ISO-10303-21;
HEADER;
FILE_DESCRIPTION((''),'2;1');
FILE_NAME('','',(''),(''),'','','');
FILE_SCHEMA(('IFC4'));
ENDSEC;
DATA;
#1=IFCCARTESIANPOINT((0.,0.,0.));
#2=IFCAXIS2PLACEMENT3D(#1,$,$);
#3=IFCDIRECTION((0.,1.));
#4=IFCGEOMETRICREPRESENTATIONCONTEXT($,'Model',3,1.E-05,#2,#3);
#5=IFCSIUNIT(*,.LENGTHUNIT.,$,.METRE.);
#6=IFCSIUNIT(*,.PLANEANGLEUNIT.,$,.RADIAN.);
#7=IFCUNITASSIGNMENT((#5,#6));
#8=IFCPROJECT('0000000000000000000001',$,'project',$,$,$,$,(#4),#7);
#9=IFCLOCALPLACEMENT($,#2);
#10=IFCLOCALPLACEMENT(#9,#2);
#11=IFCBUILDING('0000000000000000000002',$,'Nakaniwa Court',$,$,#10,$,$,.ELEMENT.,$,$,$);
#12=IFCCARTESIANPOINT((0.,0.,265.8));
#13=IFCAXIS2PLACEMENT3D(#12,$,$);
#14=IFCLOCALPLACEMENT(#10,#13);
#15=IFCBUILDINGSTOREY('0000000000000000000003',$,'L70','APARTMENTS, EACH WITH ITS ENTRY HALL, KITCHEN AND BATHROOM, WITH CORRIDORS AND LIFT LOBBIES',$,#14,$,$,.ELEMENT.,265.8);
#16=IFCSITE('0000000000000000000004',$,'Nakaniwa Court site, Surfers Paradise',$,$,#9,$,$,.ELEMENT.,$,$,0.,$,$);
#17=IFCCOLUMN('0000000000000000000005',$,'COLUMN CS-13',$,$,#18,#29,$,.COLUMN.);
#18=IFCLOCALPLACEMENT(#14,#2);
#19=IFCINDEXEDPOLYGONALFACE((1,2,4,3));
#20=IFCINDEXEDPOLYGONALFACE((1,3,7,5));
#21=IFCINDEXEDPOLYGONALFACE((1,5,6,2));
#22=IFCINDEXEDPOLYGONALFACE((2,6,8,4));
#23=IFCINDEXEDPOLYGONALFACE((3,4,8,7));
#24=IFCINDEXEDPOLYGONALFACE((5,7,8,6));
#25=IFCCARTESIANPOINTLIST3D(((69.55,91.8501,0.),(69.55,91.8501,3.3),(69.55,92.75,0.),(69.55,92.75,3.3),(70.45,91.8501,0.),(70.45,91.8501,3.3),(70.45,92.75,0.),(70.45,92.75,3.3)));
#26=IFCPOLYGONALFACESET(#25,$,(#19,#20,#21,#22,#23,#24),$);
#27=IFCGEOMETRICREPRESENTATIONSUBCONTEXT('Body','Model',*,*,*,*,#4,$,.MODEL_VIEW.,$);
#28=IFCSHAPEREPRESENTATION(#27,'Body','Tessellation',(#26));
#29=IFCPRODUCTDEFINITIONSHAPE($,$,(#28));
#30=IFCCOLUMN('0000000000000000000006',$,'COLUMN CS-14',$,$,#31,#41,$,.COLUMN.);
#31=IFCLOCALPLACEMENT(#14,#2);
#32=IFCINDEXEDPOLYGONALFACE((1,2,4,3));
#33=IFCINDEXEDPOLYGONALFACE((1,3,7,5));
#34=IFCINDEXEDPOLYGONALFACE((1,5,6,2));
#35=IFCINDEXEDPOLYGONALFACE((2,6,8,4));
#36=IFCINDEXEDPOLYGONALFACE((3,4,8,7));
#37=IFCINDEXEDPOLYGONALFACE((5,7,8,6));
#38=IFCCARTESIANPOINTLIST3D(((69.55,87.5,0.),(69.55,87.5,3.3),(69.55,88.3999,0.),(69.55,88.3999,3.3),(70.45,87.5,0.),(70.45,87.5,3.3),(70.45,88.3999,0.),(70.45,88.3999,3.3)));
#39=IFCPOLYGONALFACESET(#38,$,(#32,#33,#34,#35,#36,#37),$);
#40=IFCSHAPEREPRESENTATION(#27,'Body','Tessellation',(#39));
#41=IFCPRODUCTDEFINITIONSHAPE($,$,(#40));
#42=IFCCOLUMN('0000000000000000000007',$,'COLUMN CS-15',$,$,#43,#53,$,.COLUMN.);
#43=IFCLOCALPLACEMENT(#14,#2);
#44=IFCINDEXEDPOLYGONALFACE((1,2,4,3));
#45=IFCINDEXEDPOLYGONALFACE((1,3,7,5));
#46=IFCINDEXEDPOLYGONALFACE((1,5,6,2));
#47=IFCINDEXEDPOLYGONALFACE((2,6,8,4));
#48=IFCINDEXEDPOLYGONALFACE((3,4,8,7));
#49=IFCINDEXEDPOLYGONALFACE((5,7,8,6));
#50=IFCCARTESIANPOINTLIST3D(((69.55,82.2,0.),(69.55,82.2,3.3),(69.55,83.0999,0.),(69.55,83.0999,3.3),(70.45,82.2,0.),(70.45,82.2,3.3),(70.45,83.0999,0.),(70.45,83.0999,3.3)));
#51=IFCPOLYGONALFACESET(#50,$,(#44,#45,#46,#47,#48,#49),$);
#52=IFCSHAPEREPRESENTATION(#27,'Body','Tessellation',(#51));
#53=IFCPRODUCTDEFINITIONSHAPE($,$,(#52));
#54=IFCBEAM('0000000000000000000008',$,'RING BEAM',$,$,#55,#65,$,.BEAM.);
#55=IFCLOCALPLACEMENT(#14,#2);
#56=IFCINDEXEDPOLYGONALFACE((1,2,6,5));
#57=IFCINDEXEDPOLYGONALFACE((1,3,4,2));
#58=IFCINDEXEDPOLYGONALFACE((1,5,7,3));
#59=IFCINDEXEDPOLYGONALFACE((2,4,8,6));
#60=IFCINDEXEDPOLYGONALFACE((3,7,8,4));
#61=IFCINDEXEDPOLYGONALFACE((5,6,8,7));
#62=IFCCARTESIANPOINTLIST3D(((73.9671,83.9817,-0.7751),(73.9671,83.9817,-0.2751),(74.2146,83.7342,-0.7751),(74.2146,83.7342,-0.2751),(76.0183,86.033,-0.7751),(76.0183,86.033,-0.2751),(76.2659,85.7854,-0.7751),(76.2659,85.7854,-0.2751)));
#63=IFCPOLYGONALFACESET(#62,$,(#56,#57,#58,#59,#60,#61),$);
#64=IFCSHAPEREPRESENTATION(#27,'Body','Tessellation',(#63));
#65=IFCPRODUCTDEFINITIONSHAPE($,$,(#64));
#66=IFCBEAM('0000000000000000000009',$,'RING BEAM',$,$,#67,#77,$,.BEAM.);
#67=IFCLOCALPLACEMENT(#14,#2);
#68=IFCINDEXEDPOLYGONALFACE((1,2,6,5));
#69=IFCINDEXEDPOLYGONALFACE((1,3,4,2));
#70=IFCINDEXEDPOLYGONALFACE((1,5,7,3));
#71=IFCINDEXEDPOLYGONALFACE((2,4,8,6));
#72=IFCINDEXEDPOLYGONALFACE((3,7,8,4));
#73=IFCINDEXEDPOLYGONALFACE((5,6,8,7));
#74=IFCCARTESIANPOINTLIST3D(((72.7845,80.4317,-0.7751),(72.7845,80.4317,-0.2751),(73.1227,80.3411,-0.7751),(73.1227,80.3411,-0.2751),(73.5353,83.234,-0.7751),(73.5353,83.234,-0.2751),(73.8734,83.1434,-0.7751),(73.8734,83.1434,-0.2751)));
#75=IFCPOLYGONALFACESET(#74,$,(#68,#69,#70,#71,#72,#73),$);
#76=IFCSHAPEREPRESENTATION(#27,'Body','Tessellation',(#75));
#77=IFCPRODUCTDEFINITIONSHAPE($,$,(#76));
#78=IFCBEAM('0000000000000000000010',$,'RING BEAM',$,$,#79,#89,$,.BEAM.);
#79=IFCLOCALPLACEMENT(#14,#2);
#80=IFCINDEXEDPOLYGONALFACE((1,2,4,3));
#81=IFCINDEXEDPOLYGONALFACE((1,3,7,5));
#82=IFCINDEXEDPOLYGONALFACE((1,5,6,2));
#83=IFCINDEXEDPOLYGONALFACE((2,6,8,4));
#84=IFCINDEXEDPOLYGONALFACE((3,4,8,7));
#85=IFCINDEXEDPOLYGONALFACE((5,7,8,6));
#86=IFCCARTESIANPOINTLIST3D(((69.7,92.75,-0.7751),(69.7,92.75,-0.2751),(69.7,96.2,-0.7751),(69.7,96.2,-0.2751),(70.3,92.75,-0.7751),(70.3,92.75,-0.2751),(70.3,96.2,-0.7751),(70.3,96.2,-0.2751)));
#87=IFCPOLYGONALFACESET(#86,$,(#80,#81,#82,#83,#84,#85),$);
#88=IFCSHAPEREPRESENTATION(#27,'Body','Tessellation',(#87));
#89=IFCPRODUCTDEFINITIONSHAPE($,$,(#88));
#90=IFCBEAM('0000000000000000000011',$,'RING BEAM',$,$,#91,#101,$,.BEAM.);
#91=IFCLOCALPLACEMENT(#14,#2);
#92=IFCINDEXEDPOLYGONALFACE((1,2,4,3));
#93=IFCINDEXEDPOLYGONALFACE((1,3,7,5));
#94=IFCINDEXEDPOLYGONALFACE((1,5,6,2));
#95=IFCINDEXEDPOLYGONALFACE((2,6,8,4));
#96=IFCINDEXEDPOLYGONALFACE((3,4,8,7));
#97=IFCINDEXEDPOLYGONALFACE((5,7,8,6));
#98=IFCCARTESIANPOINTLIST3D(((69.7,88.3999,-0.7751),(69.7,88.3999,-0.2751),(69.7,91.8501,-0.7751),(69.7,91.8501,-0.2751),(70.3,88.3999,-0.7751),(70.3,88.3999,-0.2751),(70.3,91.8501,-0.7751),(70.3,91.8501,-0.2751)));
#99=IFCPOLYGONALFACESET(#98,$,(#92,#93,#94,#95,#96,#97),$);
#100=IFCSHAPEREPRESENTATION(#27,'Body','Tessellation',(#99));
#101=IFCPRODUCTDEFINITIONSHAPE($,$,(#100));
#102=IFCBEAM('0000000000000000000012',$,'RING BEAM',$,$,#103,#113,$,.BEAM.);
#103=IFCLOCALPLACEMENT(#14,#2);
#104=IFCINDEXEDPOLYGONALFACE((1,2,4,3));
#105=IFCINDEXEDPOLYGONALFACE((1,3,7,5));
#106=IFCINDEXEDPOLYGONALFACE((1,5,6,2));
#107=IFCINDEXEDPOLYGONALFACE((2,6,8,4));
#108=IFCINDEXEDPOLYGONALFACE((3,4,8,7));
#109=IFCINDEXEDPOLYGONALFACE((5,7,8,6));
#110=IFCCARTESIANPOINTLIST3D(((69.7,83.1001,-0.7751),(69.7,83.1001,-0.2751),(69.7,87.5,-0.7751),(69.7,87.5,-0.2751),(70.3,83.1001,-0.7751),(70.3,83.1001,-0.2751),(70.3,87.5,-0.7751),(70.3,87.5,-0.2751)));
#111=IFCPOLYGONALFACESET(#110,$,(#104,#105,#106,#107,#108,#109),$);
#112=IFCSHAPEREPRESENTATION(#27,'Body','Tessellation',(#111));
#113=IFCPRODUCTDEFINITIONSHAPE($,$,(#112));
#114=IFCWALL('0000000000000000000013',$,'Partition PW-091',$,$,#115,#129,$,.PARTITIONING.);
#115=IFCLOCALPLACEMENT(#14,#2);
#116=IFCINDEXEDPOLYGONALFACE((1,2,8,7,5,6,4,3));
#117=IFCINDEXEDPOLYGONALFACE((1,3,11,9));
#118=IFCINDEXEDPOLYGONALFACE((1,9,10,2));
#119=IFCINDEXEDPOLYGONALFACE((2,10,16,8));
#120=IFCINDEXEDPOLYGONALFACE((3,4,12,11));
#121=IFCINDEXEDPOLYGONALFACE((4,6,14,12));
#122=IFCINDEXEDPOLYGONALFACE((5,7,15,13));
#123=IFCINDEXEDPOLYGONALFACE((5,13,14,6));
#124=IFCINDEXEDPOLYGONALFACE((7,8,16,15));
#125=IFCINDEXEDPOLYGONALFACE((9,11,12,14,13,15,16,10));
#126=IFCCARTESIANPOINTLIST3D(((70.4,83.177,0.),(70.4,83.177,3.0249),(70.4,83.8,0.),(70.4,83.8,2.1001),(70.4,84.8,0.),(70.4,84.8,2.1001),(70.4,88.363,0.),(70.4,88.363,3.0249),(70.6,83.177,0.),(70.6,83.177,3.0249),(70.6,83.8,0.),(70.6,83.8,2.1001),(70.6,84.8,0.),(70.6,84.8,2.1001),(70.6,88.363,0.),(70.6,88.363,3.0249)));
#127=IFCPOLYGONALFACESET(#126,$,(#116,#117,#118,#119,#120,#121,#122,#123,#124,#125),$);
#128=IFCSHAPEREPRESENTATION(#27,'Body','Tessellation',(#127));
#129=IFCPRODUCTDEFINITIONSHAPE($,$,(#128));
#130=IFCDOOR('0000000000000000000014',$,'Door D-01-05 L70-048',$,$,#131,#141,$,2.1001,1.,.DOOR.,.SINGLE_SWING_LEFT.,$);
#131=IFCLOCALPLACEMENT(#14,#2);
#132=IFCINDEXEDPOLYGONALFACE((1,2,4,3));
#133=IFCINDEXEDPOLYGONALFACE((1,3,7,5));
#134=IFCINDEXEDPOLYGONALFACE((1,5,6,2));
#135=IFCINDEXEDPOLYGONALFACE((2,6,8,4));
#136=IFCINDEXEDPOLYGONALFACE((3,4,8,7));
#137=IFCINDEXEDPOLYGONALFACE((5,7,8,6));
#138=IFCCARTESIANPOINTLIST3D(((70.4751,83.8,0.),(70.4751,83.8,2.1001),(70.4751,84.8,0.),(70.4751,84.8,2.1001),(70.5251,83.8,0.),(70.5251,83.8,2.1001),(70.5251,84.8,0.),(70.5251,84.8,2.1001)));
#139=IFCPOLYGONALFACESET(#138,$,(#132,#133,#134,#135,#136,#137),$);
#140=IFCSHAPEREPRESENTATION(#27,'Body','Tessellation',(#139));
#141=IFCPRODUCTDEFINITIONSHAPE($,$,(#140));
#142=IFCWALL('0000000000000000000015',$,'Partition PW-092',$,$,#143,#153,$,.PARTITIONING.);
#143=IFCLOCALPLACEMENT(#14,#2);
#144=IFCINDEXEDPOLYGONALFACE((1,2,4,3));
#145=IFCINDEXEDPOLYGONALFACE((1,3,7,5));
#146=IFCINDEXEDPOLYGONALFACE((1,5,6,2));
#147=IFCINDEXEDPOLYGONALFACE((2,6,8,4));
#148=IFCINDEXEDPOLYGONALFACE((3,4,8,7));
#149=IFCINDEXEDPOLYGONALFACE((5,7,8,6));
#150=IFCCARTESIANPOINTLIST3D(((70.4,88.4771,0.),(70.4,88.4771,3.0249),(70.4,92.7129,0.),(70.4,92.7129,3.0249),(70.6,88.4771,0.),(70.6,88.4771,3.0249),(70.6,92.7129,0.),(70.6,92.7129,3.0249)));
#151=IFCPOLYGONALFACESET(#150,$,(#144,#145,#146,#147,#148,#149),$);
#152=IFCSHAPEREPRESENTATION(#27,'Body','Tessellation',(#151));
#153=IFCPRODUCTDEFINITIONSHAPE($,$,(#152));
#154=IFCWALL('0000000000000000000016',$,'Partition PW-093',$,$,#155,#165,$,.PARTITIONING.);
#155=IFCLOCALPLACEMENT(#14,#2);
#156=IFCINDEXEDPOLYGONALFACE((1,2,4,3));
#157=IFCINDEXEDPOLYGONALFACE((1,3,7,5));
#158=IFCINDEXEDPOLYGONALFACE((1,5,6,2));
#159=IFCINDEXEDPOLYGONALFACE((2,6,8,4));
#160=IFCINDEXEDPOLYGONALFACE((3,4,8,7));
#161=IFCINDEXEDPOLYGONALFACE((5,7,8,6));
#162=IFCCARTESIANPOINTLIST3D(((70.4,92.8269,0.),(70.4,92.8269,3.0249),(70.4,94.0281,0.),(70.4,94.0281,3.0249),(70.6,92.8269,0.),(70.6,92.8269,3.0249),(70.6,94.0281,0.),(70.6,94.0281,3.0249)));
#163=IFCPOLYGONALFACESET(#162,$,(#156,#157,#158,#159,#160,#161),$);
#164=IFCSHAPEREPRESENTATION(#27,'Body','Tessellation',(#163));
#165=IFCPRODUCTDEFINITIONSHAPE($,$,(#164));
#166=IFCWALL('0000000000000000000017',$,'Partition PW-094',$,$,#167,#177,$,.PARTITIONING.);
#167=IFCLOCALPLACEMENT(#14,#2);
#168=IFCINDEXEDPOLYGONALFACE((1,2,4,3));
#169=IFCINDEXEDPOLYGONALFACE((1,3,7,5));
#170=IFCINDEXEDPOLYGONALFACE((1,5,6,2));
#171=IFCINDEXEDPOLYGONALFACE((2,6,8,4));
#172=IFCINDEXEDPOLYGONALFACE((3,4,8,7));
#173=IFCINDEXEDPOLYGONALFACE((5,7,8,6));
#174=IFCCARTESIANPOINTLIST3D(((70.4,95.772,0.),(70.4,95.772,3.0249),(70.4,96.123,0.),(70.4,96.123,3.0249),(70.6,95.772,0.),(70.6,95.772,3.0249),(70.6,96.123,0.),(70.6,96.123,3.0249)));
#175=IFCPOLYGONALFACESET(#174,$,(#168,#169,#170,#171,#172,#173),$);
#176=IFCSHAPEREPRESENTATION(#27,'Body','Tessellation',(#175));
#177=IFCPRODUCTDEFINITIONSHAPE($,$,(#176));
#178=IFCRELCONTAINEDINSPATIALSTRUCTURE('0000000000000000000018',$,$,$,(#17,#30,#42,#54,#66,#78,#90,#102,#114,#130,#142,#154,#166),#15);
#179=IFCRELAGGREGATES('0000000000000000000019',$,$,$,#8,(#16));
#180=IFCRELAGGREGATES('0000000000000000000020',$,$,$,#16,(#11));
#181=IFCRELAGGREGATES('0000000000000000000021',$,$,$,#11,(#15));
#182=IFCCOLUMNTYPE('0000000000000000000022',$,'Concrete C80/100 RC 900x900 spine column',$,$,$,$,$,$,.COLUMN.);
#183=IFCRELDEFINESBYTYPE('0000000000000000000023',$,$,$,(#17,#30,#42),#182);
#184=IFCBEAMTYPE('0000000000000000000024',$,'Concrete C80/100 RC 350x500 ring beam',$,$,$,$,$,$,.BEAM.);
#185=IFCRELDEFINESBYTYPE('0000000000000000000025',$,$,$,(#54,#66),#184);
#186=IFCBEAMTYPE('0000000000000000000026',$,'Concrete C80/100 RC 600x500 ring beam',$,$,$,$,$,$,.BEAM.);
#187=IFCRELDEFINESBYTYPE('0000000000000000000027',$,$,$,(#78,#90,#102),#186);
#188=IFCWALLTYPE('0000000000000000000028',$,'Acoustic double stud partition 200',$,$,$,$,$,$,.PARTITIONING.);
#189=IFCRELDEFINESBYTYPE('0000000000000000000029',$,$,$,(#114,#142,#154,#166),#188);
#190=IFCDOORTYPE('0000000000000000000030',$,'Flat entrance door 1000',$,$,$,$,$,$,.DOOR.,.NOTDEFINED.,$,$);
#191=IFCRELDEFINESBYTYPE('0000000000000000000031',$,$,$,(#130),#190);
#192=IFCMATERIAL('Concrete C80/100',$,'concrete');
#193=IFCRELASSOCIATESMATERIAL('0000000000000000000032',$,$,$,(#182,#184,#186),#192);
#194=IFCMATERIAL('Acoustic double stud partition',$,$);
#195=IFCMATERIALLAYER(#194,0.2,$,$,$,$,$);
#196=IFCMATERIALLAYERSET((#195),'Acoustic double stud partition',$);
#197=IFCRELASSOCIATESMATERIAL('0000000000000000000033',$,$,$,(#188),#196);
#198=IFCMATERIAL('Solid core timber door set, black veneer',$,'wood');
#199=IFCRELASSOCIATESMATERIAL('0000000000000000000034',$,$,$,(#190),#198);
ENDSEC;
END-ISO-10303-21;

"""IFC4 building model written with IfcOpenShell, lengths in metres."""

from ifc_helpers import new_model, si_unit, direction, frame, frame_2d, origin, origin_2d, place, context, subcontext, project, spatial, rectangle, extrude, material, layer, layer_set, material_profile, profile_set, type_object, element, fill, save


model = new_model("IFC4")

# Units and contexts
model_context = context("Model", 3, precision=1e-05, world=origin(), true_north=direction((0.0, 1.0)))
body_context = subcontext(model_context, "Body", "Model", "MODEL_VIEW")
ifc_project = project(units=[si_unit("LENGTHUNIT", "METRE"), si_unit("PLANEANGLEUNIT", "RADIAN")], contexts=[model_context])

# Site, building, storey
site_placement = place(None, origin())
site = spatial("IfcSite", under=ifc_project, at=site_placement, Name="Nakaniwa Court site, Surfers Paradise", CompositionType="ELEMENT", RefElevation=0.0)
building_placement = place(site_placement, origin())
building = spatial("IfcBuilding", under=site, at=building_placement, Name="Nakaniwa Court", CompositionType="ELEMENT")
storey_placement = place(building_placement, frame((0.0, 0.0, 265.8)))
storey = spatial("IfcBuildingStorey", under=building, at=storey_placement, Name="L70", Description="APARTMENTS, EACH WITH ITS ENTRY HALL, KITCHEN AND BATHROOM, WITH CORRIDORS AND LIFT LOBBIES", CompositionType="ELEMENT", Elevation=265.8)

# Columns
ifc_material_1 = material(Name="Concrete C80/100", Category="concrete")
ifc_material_profile_1 = material_profile(ifc_material_1, rectangle(XDim=0.8999, YDim=0.8999, at=origin_2d()), Name="Concrete C80/100 RC 900x900 spine column")
ifc_profile_set_1 = profile_set([ifc_material_profile_1], Name="Concrete C80/100")
column_type_1 = type_object("IfcColumnType", Name="Concrete C80/100 RC 900x900 spine column", PredefinedType="COLUMN", material=ifc_profile_set_1)
for number, where, z_axis, x_axis, name in (
    (1, (70.0, 92.3, 0.0), (0.0, 0.0, 1.0), (0.0, -1.0, 0.0), "COLUMN CS-13"),
    (2, (70.0, 87.95, 0.0), (0.0, 0.0, 1.0), (0.0, -1.0, 0.0), "COLUMN CS-14"),
    (3, (70.0, 82.6499, 0.0), (0.0, 0.0, 1.0), (0.0, -1.0, 0.0), "COLUMN CS-15"),
):
    element("IfcColumn", number, at=place(storey_placement, frame(where, z_axis=z_axis, x_axis=x_axis)), inside=storey, type_object=column_type_1, Name=name, PredefinedType="COLUMN", context=body_context, shape_type="SweptSolid", body=[
        extrude(rectangle(XDim=0.8999, YDim=0.8999, at=origin_2d()), origin(), (0.0, 0.0, 1.0), 3.3),
    ])

# Beams
ifc_material_profile_2 = material_profile(ifc_material_1, rectangle(XDim=0.3501, YDim=0.5, at=origin_2d()), Name="Concrete C80/100 RC 350x500 ring beam")
ifc_profile_set_2 = profile_set([ifc_material_profile_2], Name="Concrete C80/100")
beam_type_1 = type_object("IfcBeamType", Name="Concrete C80/100 RC 350x500 ring beam", PredefinedType="BEAM", material=ifc_profile_set_2)
beam_1_placement = place(storey_placement, frame((76.1421, 85.9092, -0.5251), z_axis=(-0.707107, -0.707107, 0.0), x_axis=(0.707107, -0.707107, 0.0)))
element("IfcBeam", 4, at=beam_1_placement, inside=storey, type_object=beam_type_1, Name="RING BEAM", PredefinedType="BEAM", context=body_context, shape_type="SweptSolid", body=[
    extrude(rectangle(XDim=0.3501, YDim=0.5, at=origin_2d()), origin(), (0.0, 0.0, 1.0), 2.9009),
])
beam_2_placement = place(storey_placement, frame((73.7043, 83.1887, -0.5251), z_axis=(-0.258778, -0.965937, 0.0), x_axis=(0.965937, -0.258778, 0.0)))
element("IfcBeam", 5, at=beam_2_placement, inside=storey, type_object=beam_type_1, Name="RING BEAM", PredefinedType="BEAM", context=body_context, shape_type="SweptSolid", body=[
    extrude(rectangle(XDim=0.3501, YDim=0.5, at=origin_2d()), origin(), (0.0, 0.0, 1.0), 2.9011),
])
ifc_material_profile_3 = material_profile(ifc_material_1, rectangle(XDim=0.6001, YDim=0.5, at=origin_2d()), Name="Concrete C80/100 RC 600x500 ring beam")
ifc_profile_set_3 = profile_set([ifc_material_profile_3], Name="Concrete C80/100")
beam_type_2 = type_object("IfcBeamType", Name="Concrete C80/100 RC 600x500 ring beam", PredefinedType="BEAM", material=ifc_profile_set_3)
beam_3_placement = place(storey_placement, frame((70.0, 96.2, -0.5251), z_axis=(0.0, -1.0, 0.0), x_axis=(1.0, 0.0, 0.0)))
element("IfcBeam", 6, at=beam_3_placement, inside=storey, type_object=beam_type_2, Name="RING BEAM", PredefinedType="BEAM", context=body_context, shape_type="SweptSolid", body=[
    extrude(rectangle(XDim=0.6001, YDim=0.5, at=origin_2d()), origin(), (0.0, 0.0, 1.0), 3.45),
])
beam_4_placement = place(storey_placement, frame((70.0, 91.8501, -0.5251), z_axis=(0.0, -1.0, 0.0), x_axis=(1.0, 0.0, 0.0)))
element("IfcBeam", 7, at=beam_4_placement, inside=storey, type_object=beam_type_2, Name="RING BEAM", PredefinedType="BEAM", context=body_context, shape_type="SweptSolid", body=[
    extrude(rectangle(XDim=0.6001, YDim=0.5, at=origin_2d()), origin(), (0.0, 0.0, 1.0), 3.4502),
])
beam_5_placement = place(storey_placement, frame((70.0, 87.5, -0.5251), z_axis=(0.0, -1.0, 0.0), x_axis=(1.0, 0.0, 0.0)))
element("IfcBeam", 8, at=beam_5_placement, inside=storey, type_object=beam_type_2, Name="RING BEAM", PredefinedType="BEAM", context=body_context, shape_type="SweptSolid", body=[
    extrude(rectangle(XDim=0.6001, YDim=0.5, at=origin_2d()), origin(), (0.0, 0.0, 1.0), 4.3999),
])

# Wall, opening, door
ifc_material_2 = material(Name="Acoustic double stud partition")
ifc_layer_1 = layer(ifc_material_2, 0.2)
ifc_layer_set_1 = layer_set([ifc_layer_1], Name="Acoustic double stud partition")
wall_type_1 = type_object("IfcWallType", Name="Acoustic double stud partition 200", PredefinedType="PARTITIONING", material=ifc_layer_set_1)
wall_1_placement = place(storey_placement, frame((70.5, 83.177, 0.0), z_axis=(0.0, 0.0, 1.0), x_axis=(0.0, 1.0, 0.0)))
wall_1 = element("IfcWall", 9, at=wall_1_placement, inside=storey, type_object=wall_type_1, Name="Partition PW-091", PredefinedType="PARTITIONING", context=body_context, shape_type="SweptSolid", body=[
    extrude(rectangle(XDim=5.186, YDim=0.2, at=frame_2d((2.593, 0.0))), origin(), (0.0, 0.0, 1.0), 3.0249),
])
opening_1_placement = place(wall_1_placement, frame((0.623, 0.0, 0.0)))
opening_1 = element("IfcOpeningElement", 10, at=opening_1_placement, cuts=wall_1, PredefinedType="OPENING", context=body_context, shape_type="SweptSolid", body=[
    extrude(rectangle(XDim=1.0, YDim=2.1001, at=frame_2d((0.5, 1.05))), frame((0.0, 0.1099, 0.0), z_axis=(0.0, -1.0, 0.0), x_axis=(1.0, 0.0, 0.0)), (0.0, 0.0, 1.0), 0.22),
])
ifc_material_3 = material(Name="Solid core timber door set, black veneer", Category="wood")
door_type_1 = type_object("IfcDoorType", Name="Flat entrance door 1000", OperationType="NOTDEFINED", PredefinedType="DOOR", material=ifc_material_3)
door_1_placement = place(opening_1_placement, origin())
door_1 = element("IfcDoor", 11, at=door_1_placement, inside=storey, type_object=door_type_1, Name="Door D-01-05 L70-048", OperationType="SINGLE_SWING_LEFT", OverallHeight=2.1001, OverallWidth=1.0, PredefinedType="DOOR", context=body_context, shape_type="SweptSolid", body=[
    extrude(rectangle(XDim=1.0, YDim=2.1001, at=frame_2d((0.5, 1.05))), frame((0.0, 0.0249, 0.0), z_axis=(0.0, -1.0, 0.0), x_axis=(1.0, 0.0, 0.0)), (0.0, 0.0, 1.0), 0.05),
])
fill(opening_1, door_1)

# Walls
wall_2_placement = place(storey_placement, frame((70.5, 88.4771, 0.0), z_axis=(0.0, 0.0, 1.0), x_axis=(0.0, 1.0, 0.0)))
element("IfcWall", 12, at=wall_2_placement, inside=storey, type_object=wall_type_1, Name="Partition PW-092", PredefinedType="PARTITIONING", context=body_context, shape_type="SweptSolid", body=[
    extrude(rectangle(XDim=4.2358, YDim=0.2, at=frame_2d((2.1179, 0.0))), origin(), (0.0, 0.0, 1.0), 3.0249),
])
wall_3_placement = place(storey_placement, frame((70.5, 92.8269, 0.0), z_axis=(0.0, 0.0, 1.0), x_axis=(0.0, 1.0, 0.0)))
element("IfcWall", 13, at=wall_3_placement, inside=storey, type_object=wall_type_1, Name="Partition PW-093", PredefinedType="PARTITIONING", context=body_context, shape_type="SweptSolid", body=[
    extrude(rectangle(XDim=1.2012, YDim=0.2, at=frame_2d((0.6006, 0.0))), origin(), (0.0, 0.0, 1.0), 3.0249),
])
wall_4_placement = place(storey_placement, frame((70.5, 95.772, 0.0), z_axis=(0.0, 0.0, 1.0), x_axis=(0.0, 1.0, 0.0)))
element("IfcWall", 14, at=wall_4_placement, inside=storey, type_object=wall_type_1, Name="Partition PW-094", PredefinedType="PARTITIONING", context=body_context, shape_type="SweptSolid", body=[
    extrude(rectangle(XDim=0.3511, YDim=0.2, at=frame_2d((0.1755, 0.0))), origin(), (0.0, 0.0, 1.0), 3.0249),
])

save(model, "model.ifc")
